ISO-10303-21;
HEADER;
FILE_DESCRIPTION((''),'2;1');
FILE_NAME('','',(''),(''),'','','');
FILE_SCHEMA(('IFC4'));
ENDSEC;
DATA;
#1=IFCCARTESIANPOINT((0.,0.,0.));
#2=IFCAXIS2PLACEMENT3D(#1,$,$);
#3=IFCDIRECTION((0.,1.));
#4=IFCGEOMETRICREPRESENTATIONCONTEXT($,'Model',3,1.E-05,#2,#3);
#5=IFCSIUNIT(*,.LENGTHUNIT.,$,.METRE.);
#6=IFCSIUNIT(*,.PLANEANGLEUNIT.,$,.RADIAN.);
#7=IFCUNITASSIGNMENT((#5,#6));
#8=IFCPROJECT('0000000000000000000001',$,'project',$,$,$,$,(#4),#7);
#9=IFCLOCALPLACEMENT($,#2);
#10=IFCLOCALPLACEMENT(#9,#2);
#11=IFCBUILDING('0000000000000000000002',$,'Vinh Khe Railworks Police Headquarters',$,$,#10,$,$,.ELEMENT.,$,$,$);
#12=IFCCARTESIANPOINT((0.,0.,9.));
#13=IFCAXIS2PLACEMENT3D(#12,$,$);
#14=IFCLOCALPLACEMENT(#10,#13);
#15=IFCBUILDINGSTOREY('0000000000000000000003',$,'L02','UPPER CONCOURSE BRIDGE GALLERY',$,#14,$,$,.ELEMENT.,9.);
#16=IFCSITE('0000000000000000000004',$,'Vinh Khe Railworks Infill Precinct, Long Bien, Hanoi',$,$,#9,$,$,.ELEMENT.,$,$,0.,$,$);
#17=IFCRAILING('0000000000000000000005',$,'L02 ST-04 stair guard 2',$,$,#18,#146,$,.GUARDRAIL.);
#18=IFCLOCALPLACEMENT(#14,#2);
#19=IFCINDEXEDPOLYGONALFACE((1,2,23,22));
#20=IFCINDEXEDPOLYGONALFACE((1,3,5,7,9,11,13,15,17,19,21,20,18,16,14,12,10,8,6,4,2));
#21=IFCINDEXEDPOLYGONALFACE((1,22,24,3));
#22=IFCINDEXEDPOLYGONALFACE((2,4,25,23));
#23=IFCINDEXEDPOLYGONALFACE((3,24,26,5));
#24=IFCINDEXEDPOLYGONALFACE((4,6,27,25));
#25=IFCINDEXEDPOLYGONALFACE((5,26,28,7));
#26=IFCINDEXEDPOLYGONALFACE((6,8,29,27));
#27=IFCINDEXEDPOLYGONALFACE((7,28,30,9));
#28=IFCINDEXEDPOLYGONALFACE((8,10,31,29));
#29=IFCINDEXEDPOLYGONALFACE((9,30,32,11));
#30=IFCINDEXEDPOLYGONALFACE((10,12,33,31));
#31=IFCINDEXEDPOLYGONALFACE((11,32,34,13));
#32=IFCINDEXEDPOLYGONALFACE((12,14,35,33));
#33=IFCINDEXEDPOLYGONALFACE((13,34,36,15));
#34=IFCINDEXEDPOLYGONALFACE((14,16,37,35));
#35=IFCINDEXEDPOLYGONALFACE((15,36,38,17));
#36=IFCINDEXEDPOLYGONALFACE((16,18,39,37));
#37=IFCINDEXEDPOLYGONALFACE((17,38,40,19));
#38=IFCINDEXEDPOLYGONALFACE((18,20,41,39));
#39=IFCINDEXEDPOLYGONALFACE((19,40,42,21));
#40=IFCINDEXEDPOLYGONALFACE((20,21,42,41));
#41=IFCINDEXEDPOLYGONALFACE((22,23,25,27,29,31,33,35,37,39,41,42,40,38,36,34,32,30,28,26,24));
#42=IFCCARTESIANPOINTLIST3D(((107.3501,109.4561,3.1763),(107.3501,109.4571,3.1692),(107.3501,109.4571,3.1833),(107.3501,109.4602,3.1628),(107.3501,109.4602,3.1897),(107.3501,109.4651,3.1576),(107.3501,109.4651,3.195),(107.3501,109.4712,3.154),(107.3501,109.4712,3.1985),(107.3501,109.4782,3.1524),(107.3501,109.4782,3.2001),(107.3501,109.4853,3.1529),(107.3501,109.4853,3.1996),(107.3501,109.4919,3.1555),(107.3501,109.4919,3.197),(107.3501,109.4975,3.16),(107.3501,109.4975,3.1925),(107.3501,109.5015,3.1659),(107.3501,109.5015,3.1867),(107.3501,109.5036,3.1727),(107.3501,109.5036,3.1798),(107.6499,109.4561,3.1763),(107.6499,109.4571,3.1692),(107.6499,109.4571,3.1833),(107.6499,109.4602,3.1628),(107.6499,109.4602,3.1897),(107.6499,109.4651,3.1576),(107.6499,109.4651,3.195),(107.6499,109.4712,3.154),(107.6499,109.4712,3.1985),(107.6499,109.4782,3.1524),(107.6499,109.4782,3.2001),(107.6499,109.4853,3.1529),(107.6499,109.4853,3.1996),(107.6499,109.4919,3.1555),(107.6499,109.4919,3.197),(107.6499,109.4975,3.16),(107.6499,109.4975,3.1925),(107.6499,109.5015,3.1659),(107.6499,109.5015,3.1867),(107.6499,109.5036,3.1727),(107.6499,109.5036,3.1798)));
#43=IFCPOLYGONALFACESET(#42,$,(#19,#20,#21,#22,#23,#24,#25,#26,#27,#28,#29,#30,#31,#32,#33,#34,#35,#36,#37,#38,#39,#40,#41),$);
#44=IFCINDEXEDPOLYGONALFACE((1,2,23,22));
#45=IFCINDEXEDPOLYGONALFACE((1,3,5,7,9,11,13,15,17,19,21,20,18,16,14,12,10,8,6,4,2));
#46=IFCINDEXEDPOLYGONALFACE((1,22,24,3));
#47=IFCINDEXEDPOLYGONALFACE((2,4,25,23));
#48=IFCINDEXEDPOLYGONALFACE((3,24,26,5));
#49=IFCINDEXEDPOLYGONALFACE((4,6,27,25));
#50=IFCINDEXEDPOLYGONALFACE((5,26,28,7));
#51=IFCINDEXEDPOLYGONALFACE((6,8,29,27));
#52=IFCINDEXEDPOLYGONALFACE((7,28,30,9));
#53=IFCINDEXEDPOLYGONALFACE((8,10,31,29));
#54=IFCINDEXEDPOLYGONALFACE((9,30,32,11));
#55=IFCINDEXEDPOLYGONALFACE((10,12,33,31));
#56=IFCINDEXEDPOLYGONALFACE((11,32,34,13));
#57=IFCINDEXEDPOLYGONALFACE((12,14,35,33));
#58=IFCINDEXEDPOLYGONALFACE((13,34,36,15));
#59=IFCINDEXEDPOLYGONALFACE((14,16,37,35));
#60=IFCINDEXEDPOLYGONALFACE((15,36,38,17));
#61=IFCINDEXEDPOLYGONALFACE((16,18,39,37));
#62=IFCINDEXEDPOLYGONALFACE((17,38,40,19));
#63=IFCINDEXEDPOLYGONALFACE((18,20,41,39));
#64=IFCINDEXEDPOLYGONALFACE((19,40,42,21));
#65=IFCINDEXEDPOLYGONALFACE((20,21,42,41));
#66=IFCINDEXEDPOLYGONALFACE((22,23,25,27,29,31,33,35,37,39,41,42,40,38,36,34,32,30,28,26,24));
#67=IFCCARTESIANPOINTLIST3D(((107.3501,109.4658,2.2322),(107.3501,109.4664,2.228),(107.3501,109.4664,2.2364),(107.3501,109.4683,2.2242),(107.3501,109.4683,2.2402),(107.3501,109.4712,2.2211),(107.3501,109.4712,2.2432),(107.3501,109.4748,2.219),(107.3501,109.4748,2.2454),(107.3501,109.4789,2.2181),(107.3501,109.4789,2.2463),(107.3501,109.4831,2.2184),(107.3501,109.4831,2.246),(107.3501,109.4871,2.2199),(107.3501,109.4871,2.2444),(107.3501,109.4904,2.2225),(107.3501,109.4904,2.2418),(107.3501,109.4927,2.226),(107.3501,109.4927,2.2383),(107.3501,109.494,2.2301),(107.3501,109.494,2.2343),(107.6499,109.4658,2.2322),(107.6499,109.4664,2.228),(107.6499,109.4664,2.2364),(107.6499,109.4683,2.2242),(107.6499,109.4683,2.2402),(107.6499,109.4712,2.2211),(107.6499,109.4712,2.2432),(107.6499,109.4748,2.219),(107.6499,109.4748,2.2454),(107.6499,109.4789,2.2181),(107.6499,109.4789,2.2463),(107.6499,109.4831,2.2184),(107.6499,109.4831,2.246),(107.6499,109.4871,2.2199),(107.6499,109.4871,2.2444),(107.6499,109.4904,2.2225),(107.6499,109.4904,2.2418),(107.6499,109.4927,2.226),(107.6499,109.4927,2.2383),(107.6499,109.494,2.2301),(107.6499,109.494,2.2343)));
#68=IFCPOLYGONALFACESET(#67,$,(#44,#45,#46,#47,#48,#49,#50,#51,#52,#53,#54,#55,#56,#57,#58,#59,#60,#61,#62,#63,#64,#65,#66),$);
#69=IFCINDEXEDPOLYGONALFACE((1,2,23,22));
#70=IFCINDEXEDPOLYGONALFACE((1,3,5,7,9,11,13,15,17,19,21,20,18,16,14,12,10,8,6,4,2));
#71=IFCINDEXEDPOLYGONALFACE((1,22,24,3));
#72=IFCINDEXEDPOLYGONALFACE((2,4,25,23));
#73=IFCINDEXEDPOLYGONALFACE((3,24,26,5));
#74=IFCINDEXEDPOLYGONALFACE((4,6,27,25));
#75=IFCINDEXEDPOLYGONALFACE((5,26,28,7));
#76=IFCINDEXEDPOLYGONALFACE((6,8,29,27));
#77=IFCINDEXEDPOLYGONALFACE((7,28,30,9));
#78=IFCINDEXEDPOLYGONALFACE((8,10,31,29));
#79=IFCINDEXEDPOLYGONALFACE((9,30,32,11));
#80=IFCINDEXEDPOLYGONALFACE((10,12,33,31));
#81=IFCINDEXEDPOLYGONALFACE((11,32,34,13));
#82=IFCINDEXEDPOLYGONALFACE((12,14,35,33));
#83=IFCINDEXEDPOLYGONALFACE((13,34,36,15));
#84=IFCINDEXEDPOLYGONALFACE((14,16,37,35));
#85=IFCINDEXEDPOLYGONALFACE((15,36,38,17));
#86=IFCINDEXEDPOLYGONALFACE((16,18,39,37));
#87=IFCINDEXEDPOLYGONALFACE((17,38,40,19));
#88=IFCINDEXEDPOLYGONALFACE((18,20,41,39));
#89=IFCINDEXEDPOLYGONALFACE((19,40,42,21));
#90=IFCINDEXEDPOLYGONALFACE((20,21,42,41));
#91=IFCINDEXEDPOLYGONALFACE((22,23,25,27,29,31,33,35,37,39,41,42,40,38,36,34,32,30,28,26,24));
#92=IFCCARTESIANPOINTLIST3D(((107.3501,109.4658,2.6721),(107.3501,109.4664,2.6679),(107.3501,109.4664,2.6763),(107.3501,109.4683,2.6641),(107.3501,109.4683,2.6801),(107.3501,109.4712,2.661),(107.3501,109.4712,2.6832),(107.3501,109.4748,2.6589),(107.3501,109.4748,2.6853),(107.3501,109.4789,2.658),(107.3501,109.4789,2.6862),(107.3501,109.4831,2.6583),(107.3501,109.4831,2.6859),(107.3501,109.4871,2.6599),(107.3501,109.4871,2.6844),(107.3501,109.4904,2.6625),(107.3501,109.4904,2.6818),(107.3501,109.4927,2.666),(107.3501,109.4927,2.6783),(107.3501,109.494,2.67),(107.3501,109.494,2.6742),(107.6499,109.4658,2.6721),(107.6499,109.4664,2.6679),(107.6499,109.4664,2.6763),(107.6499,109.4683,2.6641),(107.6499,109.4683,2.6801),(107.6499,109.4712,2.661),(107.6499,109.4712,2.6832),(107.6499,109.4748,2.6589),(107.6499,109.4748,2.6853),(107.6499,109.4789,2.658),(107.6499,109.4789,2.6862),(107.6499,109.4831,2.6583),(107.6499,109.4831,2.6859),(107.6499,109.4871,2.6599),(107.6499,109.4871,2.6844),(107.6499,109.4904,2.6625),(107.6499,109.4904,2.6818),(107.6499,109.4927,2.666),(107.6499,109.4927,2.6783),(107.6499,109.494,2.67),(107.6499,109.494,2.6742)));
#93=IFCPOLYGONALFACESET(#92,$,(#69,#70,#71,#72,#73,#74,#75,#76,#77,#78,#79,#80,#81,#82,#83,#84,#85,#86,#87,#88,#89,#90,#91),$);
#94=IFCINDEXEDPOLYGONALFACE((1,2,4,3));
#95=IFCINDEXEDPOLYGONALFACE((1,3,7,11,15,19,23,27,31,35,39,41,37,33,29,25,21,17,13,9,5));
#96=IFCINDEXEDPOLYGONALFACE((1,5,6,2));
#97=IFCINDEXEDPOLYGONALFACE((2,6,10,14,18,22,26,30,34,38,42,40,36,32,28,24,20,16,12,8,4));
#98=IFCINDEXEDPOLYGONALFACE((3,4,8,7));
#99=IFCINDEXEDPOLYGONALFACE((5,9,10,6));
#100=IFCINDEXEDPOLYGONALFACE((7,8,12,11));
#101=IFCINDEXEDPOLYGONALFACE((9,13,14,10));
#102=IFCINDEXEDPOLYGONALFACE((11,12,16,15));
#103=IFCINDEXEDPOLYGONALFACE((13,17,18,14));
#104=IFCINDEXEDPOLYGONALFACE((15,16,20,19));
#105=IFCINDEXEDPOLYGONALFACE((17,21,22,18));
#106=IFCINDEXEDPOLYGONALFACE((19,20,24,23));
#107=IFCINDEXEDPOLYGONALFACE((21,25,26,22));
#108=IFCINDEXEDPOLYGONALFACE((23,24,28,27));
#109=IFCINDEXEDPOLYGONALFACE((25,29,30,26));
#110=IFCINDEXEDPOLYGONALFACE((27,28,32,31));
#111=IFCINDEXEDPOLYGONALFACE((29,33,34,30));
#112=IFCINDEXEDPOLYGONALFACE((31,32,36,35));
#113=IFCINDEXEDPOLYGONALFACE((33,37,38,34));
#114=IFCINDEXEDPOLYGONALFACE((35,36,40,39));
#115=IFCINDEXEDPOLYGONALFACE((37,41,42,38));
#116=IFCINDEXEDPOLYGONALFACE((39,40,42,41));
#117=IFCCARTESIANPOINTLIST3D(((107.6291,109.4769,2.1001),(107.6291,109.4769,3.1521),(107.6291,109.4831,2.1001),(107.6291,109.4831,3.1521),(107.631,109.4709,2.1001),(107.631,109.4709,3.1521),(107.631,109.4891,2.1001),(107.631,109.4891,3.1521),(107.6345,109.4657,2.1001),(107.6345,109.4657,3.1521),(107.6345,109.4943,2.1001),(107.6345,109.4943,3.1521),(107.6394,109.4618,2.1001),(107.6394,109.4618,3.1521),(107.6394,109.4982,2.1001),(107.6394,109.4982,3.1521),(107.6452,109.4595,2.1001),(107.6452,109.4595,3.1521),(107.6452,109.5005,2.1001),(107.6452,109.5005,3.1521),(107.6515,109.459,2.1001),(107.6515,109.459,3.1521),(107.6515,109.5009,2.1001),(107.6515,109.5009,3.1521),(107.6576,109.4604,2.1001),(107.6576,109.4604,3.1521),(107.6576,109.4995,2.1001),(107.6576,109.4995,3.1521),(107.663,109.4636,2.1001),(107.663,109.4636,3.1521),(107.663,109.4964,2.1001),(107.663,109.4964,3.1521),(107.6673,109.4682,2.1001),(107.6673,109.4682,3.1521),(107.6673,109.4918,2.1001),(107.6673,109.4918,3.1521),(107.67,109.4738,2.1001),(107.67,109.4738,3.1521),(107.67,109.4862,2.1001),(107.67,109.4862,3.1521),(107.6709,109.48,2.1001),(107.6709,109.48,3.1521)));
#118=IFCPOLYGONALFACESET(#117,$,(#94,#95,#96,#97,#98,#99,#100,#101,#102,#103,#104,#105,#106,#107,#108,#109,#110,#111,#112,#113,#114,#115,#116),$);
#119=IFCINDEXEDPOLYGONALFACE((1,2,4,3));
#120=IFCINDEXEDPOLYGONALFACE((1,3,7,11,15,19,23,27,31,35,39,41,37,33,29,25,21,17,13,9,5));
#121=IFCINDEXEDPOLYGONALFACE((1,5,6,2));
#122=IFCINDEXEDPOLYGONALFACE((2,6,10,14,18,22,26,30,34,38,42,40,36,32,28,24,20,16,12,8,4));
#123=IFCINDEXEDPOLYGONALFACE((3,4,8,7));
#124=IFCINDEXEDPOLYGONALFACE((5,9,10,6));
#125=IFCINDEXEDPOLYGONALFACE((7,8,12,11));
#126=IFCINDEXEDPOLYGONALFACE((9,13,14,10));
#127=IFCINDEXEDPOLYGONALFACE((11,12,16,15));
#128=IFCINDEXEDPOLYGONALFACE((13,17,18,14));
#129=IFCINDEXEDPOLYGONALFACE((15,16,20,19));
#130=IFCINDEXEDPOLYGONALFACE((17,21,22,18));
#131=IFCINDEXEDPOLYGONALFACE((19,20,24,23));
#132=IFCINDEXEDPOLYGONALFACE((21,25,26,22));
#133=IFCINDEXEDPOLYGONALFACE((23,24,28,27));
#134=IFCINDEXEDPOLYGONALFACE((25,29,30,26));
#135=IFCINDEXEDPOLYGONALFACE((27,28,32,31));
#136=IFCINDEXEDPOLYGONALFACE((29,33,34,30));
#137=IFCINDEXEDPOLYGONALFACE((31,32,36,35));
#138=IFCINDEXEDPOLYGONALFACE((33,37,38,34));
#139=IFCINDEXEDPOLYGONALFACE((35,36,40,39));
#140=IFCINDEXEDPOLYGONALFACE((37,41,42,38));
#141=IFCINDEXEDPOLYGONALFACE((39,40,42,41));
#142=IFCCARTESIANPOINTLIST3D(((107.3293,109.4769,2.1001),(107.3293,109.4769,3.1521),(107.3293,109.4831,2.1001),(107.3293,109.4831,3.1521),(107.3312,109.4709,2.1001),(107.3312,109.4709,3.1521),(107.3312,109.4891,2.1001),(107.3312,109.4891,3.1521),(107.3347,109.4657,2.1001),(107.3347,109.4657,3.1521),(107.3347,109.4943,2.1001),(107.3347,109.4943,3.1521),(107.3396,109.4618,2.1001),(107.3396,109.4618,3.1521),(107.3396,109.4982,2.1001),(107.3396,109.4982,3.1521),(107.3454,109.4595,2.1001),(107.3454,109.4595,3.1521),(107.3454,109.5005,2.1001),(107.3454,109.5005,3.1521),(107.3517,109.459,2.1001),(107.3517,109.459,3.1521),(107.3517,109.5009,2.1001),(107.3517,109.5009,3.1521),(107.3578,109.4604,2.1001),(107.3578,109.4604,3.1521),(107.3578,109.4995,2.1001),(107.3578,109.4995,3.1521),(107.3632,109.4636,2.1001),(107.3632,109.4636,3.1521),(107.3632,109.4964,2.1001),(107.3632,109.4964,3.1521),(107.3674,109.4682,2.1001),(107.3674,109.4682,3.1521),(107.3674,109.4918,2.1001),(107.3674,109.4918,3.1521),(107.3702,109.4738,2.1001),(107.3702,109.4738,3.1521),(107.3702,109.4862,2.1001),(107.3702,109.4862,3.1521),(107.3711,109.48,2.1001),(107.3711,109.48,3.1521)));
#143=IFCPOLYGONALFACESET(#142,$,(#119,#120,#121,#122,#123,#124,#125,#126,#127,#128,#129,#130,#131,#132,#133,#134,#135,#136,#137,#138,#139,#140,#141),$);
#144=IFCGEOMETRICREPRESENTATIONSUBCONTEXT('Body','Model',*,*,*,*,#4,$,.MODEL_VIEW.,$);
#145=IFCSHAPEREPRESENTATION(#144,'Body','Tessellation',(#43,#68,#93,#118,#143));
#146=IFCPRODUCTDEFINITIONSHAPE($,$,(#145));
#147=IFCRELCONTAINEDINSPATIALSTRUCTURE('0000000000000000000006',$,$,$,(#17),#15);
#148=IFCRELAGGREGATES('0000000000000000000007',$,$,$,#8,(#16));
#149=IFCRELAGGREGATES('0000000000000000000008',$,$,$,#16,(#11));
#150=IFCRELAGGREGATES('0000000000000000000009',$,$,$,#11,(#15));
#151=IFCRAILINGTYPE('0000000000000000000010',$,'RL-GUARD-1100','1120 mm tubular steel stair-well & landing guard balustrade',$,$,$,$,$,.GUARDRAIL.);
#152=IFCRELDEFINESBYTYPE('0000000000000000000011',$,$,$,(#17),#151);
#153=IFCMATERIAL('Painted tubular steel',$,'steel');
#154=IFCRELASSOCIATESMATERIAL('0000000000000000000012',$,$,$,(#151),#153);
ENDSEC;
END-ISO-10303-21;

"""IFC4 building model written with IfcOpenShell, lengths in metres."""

from ifc_helpers import new_model, si_unit, direction, frame, origin, origin_2d, place, context, subcontext, project, spatial, circle, extrude, material, type_object, element, save


model = new_model("IFC4")

# Units and contexts
model_context = context("Model", 3, precision=1e-05, world=origin(), true_north=direction((0.0, 1.0)))
body_context = subcontext(model_context, "Body", "Model", "MODEL_VIEW")
ifc_project = project(units=[si_unit("LENGTHUNIT", "METRE"), si_unit("PLANEANGLEUNIT", "RADIAN")], contexts=[model_context])

# Site, building, storey
site_placement = place(None, origin())
site = spatial("IfcSite", under=ifc_project, at=site_placement, Name="Vinh Khe Railworks Infill Precinct, Long Bien, Hanoi", CompositionType="ELEMENT", RefElevation=0.0)
building_placement = place(site_placement, origin())
building = spatial("IfcBuilding", under=site, at=building_placement, Name="Vinh Khe Railworks Police Headquarters", CompositionType="ELEMENT")
storey_placement = place(building_placement, frame((0.0, 0.0, 9.0)))
storey = spatial("IfcBuildingStorey", under=building, at=storey_placement, Name="L02", Description="UPPER CONCOURSE BRIDGE GALLERY", CompositionType="ELEMENT", Elevation=9.0)

# Railing
ifc_material_1 = material(Name="Painted tubular steel", Category="steel")
railing_type_1 = type_object("IfcRailingType", Name="RL-GUARD-1100", Description="1120 mm tubular steel stair-well & landing guard balustrade", PredefinedType="GUARDRAIL", material=ifc_material_1)
railing_1_placement = place(storey_placement, frame((107.6499, 109.48, 2.1001)))
element("IfcRailing", 1, at=railing_1_placement, inside=storey, type_object=railing_type_1, Name="L02 ST-04 stair guard 2", PredefinedType="GUARDRAIL", context=body_context, shape_type="SweptSolid", body=[
    extrude(circle(Radius=0.0239, at=origin_2d()), frame((0.0, 0.0, 1.0762), z_axis=(-1.0, 0.0, 0.0), x_axis=(0.0, -1.0, 0.0)), (0.0, 0.0, 1.0), 0.2998),
    extrude(circle(Radius=0.0142, at=origin_2d()), frame((0.0, 0.0, 0.1321), z_axis=(-1.0, 0.0, 0.0), x_axis=(0.0, -1.0, 0.0)), (0.0, 0.0, 1.0), 0.2998),
    extrude(circle(Radius=0.0142, at=origin_2d()), frame((0.0, 0.0, 0.572), z_axis=(-1.0, 0.0, 0.0), x_axis=(0.0, -1.0, 0.0)), (0.0, 0.0, 1.0), 0.2998),
    extrude(circle(Radius=0.021, at=origin_2d()), origin(), (0.0, 0.0, 1.0), 1.052),
    extrude(circle(Radius=0.021, at=origin_2d()), frame((-0.2998, 0.0, 0.0)), (0.0, 0.0, 1.0), 1.052),
])

save(model, "model.ifc")
